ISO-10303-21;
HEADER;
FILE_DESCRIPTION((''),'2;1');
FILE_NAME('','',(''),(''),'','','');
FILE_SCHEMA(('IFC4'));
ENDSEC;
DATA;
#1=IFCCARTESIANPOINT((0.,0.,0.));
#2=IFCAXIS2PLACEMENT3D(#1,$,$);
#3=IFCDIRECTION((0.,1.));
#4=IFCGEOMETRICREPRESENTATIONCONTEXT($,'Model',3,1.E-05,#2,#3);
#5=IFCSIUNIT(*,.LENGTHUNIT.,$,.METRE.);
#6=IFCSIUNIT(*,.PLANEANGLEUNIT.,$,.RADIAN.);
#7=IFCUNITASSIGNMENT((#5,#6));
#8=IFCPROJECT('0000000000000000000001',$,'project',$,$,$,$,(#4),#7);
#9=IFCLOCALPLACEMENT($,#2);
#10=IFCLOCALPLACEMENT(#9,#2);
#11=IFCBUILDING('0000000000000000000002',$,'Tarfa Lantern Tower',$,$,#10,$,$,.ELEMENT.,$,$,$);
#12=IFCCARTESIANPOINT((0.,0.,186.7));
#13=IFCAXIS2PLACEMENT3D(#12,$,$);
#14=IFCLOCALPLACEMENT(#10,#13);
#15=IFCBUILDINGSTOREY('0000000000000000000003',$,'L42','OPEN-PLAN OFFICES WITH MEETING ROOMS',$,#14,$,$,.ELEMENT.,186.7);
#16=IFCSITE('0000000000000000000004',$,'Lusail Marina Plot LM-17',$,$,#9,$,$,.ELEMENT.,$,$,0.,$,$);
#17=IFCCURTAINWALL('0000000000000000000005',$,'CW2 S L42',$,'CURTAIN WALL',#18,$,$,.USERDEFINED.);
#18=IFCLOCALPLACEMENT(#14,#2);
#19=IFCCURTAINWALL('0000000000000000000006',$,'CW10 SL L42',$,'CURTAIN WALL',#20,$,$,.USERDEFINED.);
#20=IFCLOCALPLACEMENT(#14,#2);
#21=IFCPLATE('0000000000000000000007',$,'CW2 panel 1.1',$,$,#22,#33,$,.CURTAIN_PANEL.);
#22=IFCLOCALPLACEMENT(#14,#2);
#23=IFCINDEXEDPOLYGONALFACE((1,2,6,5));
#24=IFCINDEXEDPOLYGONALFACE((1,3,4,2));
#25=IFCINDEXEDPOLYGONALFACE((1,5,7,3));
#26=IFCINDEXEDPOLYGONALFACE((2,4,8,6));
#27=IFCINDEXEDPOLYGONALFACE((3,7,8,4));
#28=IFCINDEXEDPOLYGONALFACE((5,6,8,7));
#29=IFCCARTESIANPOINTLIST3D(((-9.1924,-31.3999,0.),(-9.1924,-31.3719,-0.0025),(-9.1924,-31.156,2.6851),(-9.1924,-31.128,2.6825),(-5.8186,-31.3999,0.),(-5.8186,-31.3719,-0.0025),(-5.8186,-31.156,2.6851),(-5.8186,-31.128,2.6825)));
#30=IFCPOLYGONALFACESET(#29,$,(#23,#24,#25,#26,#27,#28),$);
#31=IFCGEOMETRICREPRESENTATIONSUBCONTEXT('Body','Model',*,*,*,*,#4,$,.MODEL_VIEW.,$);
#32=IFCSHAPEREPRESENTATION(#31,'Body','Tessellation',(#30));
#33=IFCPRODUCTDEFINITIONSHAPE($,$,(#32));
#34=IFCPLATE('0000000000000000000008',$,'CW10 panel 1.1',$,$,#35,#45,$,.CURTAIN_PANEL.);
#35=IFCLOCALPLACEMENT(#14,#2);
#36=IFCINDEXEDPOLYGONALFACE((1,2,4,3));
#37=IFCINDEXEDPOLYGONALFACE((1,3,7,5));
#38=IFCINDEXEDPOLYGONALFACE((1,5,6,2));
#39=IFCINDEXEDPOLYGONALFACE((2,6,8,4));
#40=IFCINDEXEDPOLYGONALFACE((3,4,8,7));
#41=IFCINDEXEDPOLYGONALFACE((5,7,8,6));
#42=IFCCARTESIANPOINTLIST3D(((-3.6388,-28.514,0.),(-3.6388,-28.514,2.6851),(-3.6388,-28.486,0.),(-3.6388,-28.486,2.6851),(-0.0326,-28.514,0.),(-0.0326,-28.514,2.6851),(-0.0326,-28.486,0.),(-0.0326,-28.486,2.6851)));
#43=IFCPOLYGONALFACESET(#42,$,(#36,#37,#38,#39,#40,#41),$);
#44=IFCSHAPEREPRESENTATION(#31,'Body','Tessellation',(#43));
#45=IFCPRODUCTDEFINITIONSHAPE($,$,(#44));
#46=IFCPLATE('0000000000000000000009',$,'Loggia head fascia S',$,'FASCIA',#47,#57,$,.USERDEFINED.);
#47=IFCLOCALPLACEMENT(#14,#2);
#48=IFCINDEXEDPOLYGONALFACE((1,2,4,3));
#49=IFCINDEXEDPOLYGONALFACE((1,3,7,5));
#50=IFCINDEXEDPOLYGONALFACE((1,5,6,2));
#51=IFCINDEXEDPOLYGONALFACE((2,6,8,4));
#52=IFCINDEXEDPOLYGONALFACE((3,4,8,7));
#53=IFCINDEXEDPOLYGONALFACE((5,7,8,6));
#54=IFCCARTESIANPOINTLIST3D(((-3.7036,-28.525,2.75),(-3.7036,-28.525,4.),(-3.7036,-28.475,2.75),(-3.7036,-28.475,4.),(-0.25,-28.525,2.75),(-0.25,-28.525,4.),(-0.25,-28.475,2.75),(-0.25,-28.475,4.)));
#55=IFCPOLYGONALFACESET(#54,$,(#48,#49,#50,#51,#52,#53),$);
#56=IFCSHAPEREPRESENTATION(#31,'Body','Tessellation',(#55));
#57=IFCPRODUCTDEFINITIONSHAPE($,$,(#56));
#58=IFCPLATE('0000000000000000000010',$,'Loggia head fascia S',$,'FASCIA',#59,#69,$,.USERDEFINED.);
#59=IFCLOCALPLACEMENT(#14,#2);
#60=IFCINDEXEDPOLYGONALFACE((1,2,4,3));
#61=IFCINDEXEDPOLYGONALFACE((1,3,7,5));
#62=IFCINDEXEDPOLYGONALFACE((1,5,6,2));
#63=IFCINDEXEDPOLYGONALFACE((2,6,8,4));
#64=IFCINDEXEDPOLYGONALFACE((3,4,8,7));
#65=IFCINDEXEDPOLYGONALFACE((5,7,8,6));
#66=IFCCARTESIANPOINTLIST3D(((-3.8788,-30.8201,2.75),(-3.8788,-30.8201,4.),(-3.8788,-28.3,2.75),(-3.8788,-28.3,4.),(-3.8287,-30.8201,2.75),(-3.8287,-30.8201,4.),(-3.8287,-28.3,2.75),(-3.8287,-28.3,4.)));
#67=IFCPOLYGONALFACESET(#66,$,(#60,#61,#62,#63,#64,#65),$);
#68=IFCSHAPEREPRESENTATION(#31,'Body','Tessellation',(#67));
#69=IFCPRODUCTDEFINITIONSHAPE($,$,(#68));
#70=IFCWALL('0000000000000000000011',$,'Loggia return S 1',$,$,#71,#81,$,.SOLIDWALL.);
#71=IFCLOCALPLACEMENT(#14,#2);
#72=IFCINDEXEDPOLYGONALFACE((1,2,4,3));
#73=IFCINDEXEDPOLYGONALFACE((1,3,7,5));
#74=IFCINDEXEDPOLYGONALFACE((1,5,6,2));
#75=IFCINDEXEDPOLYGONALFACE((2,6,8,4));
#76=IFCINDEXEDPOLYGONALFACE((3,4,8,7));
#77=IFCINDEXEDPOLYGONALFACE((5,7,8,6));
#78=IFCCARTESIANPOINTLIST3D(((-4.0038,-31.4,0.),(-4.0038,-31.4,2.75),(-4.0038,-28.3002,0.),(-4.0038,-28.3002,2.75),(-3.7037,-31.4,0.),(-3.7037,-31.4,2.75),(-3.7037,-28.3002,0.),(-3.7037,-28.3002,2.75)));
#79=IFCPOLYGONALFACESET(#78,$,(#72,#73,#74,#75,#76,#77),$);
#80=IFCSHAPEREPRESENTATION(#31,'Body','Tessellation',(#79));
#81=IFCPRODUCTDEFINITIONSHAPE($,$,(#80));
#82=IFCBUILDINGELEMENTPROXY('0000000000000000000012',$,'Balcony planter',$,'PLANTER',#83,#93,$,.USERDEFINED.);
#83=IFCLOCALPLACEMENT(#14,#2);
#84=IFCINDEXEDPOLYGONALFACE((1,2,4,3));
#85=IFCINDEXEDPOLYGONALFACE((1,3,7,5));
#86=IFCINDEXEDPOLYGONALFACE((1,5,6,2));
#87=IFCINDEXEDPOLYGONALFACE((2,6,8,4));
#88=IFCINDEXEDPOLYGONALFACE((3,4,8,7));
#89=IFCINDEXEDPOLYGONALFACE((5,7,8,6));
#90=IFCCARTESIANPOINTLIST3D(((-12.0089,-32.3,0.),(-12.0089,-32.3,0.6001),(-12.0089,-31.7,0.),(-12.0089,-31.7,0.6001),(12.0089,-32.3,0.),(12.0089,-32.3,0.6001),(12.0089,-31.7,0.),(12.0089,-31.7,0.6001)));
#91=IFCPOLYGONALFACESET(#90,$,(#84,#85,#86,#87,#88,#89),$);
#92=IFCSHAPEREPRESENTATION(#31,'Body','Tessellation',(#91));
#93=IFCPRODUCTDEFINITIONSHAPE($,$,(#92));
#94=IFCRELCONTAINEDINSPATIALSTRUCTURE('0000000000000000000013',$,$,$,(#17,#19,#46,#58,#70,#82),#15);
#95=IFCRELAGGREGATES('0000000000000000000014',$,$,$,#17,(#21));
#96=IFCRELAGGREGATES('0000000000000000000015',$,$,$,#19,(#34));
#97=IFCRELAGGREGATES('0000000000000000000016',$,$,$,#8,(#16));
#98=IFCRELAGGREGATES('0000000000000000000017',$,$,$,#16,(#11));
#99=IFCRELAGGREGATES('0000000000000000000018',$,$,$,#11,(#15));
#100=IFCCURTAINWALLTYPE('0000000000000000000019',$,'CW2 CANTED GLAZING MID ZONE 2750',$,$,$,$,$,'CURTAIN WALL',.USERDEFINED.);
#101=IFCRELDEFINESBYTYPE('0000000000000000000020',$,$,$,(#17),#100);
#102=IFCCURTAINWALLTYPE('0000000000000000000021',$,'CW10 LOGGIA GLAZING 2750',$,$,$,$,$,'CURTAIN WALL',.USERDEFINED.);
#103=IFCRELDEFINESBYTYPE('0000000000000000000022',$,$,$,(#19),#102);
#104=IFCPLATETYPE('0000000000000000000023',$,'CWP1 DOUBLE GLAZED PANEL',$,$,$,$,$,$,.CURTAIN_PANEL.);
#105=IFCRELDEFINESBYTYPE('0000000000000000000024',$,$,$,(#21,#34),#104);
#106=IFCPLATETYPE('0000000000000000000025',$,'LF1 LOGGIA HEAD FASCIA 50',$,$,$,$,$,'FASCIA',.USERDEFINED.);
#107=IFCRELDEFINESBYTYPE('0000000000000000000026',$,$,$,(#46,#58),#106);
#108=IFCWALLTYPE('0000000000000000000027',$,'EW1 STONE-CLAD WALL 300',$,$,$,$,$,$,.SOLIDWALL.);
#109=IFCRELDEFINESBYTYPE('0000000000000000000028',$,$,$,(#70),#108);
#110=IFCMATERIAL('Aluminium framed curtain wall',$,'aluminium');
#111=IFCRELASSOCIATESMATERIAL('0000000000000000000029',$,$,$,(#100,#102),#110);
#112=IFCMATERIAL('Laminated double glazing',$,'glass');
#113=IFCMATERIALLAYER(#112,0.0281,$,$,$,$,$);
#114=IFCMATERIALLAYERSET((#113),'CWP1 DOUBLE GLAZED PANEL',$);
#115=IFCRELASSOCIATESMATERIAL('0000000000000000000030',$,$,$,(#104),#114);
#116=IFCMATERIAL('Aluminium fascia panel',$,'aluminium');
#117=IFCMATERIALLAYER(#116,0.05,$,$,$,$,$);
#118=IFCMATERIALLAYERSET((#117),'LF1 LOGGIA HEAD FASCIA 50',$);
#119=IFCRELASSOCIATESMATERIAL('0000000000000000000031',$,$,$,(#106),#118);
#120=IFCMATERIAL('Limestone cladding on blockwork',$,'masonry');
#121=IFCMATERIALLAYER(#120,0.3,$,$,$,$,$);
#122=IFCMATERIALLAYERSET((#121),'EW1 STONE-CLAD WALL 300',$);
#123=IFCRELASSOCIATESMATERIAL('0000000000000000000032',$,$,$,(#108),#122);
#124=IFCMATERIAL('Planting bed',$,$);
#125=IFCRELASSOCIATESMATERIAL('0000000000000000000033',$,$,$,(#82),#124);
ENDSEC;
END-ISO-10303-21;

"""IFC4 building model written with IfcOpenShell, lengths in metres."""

from ifc_helpers import new_model, si_unit, direction, frame, frame_2d, origin, origin_2d, place, context, subcontext, project, spatial, polyline, rectangle, outline, extrude, material, layer, layer_set, type_object, element, aggregate, save


model = new_model("IFC4")

# Units and contexts
model_context = context("Model", 3, precision=1e-05, world=origin(), true_north=direction((0.0, 1.0)))
body_context = subcontext(model_context, "Body", "Model", "MODEL_VIEW")
ifc_project = project(units=[si_unit("LENGTHUNIT", "METRE"), si_unit("PLANEANGLEUNIT", "RADIAN")], contexts=[model_context])

# Site, building, storey
site_placement = place(None, origin())
site = spatial("IfcSite", under=ifc_project, at=site_placement, Name="Lusail Marina Plot LM-17", CompositionType="ELEMENT", RefElevation=0.0)
building_placement = place(site_placement, origin())
building = spatial("IfcBuilding", under=site, at=building_placement, Name="Tarfa Lantern Tower", CompositionType="ELEMENT")
storey_placement = place(building_placement, frame((0.0, 0.0, 186.7)))
storey = spatial("IfcBuildingStorey", under=building, at=storey_placement, Name="L42", Description="OPEN-PLAN OFFICES WITH MEETING ROOMS", CompositionType="ELEMENT", Elevation=186.7)

# Shared definitions
ifc_material_1 = material(Name="Aluminium framed curtain wall", Category="aluminium")
curtain_wall_type_1 = type_object("IfcCurtainWallType", Name="CW2 CANTED GLAZING MID ZONE 2750", ElementType="CURTAIN WALL", PredefinedType="USERDEFINED", material=ifc_material_1)

# Curtain walls
curtain_wall_1_placement = place(storey_placement, origin())
curtain_wall_1 = element("IfcCurtainWall", 1, at=curtain_wall_1_placement, inside=storey, type_object=curtain_wall_type_1, Name="CW2 S L42", ObjectType="CURTAIN WALL", PredefinedType="USERDEFINED")
curtain_wall_type_2 = type_object("IfcCurtainWallType", Name="CW10 LOGGIA GLAZING 2750", ElementType="CURTAIN WALL", PredefinedType="USERDEFINED", material=ifc_material_1)
curtain_wall_2_placement = place(storey_placement, origin())
curtain_wall_2 = element("IfcCurtainWall", 2, at=curtain_wall_2_placement, inside=storey, type_object=curtain_wall_type_2, Name="CW10 SL L42", ObjectType="CURTAIN WALL", PredefinedType="USERDEFINED")

# Plates
ifc_material_2 = material(Name="Laminated double glazing", Category="glass")
ifc_layer_1 = layer(ifc_material_2, 0.0281)
ifc_layer_set_1 = layer_set([ifc_layer_1], Name="CWP1 DOUBLE GLAZED PANEL")
plate_type_1 = type_object("IfcPlateType", Name="CWP1 DOUBLE GLAZED PANEL", PredefinedType="CURTAIN_PANEL", material=ifc_layer_set_1)
plate_1_placement = place(storey_placement, frame((-9.1924, -31.3999, 0.0), z_axis=(0.0, -0.9959, 0.090462), x_axis=(1.0, 0.0, 0.0)))
plate_1 = element("IfcPlate", 3, at=plate_1_placement, type_object=plate_type_1, Name="CW2 panel 1.1", PredefinedType="CURTAIN_PANEL", context=body_context, shape_type="SweptSolid", body=[
    extrude(outline(polyline([(0.0, 0.0), (3.3738, 0.0), (3.3738, 2.6961), (0.0, 2.6961), (0.0, 0.0)])), origin(), (0.0, 0.0, -1.0), 0.0281),
])
aggregate(curtain_wall_1, [plate_1])
plate_2_placement = place(storey_placement, frame((-1.8357, -28.5, 0.0), z_axis=(0.0, 0.0, 1.0), x_axis=(1.0, 0.0, 0.0)))
plate_2 = element("IfcPlate", 4, at=plate_2_placement, type_object=plate_type_1, Name="CW10 panel 1.1", PredefinedType="CURTAIN_PANEL", context=body_context, shape_type="SweptSolid", body=[
    extrude(rectangle(XDim=3.6062, YDim=0.0281, at=origin_2d()), origin(), (0.0, 0.0, 1.0), 2.6851),
])
aggregate(curtain_wall_2, [plate_2])

# Plates
ifc_material_3 = material(Name="Aluminium fascia panel", Category="aluminium")
ifc_layer_2 = layer(ifc_material_3, 0.05)
ifc_layer_set_2 = layer_set([ifc_layer_2], Name="LF1 LOGGIA HEAD FASCIA 50")
plate_type_2 = type_object("IfcPlateType", Name="LF1 LOGGIA HEAD FASCIA 50", ElementType="FASCIA", PredefinedType="USERDEFINED", material=ifc_layer_set_2)
plate_3_placement = place(storey_placement, frame((-1.9768, -28.5, 2.75), z_axis=(0.0, 0.0, 1.0), x_axis=(1.0, 0.0, 0.0)))
element("IfcPlate", 5, at=plate_3_placement, inside=storey, type_object=plate_type_2, Name="Loggia head fascia S", ObjectType="FASCIA", PredefinedType="USERDEFINED", context=body_context, shape_type="SweptSolid", body=[
    extrude(rectangle(XDim=3.4536, YDim=0.05, at=origin_2d()), origin(), (0.0, 0.0, 1.0), 1.25),
])
plate_4_placement = place(storey_placement, frame((-3.8538, -29.5601, 2.75), z_axis=(0.0, 0.0, 1.0), x_axis=(0.0, 1.0, 0.0)))
element("IfcPlate", 6, at=plate_4_placement, inside=storey, type_object=plate_type_2, Name="Loggia head fascia S", ObjectType="FASCIA", PredefinedType="USERDEFINED", context=body_context, shape_type="SweptSolid", body=[
    extrude(rectangle(XDim=2.52, YDim=0.05, at=origin_2d()), origin(), (0.0, 0.0, 1.0), 1.25),
])

# Wall
ifc_material_4 = material(Name="Limestone cladding on blockwork", Category="masonry")
ifc_layer_3 = layer(ifc_material_4, 0.3)
ifc_layer_set_3 = layer_set([ifc_layer_3], Name="EW1 STONE-CLAD WALL 300")
wall_type = type_object("IfcWallType", Name="EW1 STONE-CLAD WALL 300", PredefinedType="SOLIDWALL", material=ifc_layer_set_3)
wall_placement = place(storey_placement, frame((-3.8538, -31.3999, 0.0), z_axis=(0.0, 0.0, 1.0), x_axis=(0.0, 1.0, 0.0)))
element("IfcWall", 7, at=wall_placement, inside=storey, type_object=wall_type, Name="Loggia return S 1", PredefinedType="SOLIDWALL", context=body_context, shape_type="SweptSolid", body=[
    extrude(rectangle(XDim=3.0999, YDim=0.3, at=frame_2d((1.5498, 0.0))), origin(), (0.0, 0.0, 1.0), 2.75),
])

# Building element proxy
ifc_material_5 = material(Name="Planting bed")
proxy_placement = place(storey_placement, frame((0.0, -32.0, 0.0), z_axis=(0.0, 0.0, 1.0), x_axis=(1.0, 0.0, 0.0)))
element("IfcBuildingElementProxy", 8, at=proxy_placement, inside=storey, material=ifc_material_5, Name="Balcony planter", ObjectType="PLANTER", PredefinedType="USERDEFINED", context=body_context, shape_type="SweptSolid", body=[
    extrude(rectangle(XDim=24.0178, YDim=0.6001, at=origin_2d()), origin(), (0.0, 0.0, 1.0), 0.6001),
])

save(model, "model.ifc")
